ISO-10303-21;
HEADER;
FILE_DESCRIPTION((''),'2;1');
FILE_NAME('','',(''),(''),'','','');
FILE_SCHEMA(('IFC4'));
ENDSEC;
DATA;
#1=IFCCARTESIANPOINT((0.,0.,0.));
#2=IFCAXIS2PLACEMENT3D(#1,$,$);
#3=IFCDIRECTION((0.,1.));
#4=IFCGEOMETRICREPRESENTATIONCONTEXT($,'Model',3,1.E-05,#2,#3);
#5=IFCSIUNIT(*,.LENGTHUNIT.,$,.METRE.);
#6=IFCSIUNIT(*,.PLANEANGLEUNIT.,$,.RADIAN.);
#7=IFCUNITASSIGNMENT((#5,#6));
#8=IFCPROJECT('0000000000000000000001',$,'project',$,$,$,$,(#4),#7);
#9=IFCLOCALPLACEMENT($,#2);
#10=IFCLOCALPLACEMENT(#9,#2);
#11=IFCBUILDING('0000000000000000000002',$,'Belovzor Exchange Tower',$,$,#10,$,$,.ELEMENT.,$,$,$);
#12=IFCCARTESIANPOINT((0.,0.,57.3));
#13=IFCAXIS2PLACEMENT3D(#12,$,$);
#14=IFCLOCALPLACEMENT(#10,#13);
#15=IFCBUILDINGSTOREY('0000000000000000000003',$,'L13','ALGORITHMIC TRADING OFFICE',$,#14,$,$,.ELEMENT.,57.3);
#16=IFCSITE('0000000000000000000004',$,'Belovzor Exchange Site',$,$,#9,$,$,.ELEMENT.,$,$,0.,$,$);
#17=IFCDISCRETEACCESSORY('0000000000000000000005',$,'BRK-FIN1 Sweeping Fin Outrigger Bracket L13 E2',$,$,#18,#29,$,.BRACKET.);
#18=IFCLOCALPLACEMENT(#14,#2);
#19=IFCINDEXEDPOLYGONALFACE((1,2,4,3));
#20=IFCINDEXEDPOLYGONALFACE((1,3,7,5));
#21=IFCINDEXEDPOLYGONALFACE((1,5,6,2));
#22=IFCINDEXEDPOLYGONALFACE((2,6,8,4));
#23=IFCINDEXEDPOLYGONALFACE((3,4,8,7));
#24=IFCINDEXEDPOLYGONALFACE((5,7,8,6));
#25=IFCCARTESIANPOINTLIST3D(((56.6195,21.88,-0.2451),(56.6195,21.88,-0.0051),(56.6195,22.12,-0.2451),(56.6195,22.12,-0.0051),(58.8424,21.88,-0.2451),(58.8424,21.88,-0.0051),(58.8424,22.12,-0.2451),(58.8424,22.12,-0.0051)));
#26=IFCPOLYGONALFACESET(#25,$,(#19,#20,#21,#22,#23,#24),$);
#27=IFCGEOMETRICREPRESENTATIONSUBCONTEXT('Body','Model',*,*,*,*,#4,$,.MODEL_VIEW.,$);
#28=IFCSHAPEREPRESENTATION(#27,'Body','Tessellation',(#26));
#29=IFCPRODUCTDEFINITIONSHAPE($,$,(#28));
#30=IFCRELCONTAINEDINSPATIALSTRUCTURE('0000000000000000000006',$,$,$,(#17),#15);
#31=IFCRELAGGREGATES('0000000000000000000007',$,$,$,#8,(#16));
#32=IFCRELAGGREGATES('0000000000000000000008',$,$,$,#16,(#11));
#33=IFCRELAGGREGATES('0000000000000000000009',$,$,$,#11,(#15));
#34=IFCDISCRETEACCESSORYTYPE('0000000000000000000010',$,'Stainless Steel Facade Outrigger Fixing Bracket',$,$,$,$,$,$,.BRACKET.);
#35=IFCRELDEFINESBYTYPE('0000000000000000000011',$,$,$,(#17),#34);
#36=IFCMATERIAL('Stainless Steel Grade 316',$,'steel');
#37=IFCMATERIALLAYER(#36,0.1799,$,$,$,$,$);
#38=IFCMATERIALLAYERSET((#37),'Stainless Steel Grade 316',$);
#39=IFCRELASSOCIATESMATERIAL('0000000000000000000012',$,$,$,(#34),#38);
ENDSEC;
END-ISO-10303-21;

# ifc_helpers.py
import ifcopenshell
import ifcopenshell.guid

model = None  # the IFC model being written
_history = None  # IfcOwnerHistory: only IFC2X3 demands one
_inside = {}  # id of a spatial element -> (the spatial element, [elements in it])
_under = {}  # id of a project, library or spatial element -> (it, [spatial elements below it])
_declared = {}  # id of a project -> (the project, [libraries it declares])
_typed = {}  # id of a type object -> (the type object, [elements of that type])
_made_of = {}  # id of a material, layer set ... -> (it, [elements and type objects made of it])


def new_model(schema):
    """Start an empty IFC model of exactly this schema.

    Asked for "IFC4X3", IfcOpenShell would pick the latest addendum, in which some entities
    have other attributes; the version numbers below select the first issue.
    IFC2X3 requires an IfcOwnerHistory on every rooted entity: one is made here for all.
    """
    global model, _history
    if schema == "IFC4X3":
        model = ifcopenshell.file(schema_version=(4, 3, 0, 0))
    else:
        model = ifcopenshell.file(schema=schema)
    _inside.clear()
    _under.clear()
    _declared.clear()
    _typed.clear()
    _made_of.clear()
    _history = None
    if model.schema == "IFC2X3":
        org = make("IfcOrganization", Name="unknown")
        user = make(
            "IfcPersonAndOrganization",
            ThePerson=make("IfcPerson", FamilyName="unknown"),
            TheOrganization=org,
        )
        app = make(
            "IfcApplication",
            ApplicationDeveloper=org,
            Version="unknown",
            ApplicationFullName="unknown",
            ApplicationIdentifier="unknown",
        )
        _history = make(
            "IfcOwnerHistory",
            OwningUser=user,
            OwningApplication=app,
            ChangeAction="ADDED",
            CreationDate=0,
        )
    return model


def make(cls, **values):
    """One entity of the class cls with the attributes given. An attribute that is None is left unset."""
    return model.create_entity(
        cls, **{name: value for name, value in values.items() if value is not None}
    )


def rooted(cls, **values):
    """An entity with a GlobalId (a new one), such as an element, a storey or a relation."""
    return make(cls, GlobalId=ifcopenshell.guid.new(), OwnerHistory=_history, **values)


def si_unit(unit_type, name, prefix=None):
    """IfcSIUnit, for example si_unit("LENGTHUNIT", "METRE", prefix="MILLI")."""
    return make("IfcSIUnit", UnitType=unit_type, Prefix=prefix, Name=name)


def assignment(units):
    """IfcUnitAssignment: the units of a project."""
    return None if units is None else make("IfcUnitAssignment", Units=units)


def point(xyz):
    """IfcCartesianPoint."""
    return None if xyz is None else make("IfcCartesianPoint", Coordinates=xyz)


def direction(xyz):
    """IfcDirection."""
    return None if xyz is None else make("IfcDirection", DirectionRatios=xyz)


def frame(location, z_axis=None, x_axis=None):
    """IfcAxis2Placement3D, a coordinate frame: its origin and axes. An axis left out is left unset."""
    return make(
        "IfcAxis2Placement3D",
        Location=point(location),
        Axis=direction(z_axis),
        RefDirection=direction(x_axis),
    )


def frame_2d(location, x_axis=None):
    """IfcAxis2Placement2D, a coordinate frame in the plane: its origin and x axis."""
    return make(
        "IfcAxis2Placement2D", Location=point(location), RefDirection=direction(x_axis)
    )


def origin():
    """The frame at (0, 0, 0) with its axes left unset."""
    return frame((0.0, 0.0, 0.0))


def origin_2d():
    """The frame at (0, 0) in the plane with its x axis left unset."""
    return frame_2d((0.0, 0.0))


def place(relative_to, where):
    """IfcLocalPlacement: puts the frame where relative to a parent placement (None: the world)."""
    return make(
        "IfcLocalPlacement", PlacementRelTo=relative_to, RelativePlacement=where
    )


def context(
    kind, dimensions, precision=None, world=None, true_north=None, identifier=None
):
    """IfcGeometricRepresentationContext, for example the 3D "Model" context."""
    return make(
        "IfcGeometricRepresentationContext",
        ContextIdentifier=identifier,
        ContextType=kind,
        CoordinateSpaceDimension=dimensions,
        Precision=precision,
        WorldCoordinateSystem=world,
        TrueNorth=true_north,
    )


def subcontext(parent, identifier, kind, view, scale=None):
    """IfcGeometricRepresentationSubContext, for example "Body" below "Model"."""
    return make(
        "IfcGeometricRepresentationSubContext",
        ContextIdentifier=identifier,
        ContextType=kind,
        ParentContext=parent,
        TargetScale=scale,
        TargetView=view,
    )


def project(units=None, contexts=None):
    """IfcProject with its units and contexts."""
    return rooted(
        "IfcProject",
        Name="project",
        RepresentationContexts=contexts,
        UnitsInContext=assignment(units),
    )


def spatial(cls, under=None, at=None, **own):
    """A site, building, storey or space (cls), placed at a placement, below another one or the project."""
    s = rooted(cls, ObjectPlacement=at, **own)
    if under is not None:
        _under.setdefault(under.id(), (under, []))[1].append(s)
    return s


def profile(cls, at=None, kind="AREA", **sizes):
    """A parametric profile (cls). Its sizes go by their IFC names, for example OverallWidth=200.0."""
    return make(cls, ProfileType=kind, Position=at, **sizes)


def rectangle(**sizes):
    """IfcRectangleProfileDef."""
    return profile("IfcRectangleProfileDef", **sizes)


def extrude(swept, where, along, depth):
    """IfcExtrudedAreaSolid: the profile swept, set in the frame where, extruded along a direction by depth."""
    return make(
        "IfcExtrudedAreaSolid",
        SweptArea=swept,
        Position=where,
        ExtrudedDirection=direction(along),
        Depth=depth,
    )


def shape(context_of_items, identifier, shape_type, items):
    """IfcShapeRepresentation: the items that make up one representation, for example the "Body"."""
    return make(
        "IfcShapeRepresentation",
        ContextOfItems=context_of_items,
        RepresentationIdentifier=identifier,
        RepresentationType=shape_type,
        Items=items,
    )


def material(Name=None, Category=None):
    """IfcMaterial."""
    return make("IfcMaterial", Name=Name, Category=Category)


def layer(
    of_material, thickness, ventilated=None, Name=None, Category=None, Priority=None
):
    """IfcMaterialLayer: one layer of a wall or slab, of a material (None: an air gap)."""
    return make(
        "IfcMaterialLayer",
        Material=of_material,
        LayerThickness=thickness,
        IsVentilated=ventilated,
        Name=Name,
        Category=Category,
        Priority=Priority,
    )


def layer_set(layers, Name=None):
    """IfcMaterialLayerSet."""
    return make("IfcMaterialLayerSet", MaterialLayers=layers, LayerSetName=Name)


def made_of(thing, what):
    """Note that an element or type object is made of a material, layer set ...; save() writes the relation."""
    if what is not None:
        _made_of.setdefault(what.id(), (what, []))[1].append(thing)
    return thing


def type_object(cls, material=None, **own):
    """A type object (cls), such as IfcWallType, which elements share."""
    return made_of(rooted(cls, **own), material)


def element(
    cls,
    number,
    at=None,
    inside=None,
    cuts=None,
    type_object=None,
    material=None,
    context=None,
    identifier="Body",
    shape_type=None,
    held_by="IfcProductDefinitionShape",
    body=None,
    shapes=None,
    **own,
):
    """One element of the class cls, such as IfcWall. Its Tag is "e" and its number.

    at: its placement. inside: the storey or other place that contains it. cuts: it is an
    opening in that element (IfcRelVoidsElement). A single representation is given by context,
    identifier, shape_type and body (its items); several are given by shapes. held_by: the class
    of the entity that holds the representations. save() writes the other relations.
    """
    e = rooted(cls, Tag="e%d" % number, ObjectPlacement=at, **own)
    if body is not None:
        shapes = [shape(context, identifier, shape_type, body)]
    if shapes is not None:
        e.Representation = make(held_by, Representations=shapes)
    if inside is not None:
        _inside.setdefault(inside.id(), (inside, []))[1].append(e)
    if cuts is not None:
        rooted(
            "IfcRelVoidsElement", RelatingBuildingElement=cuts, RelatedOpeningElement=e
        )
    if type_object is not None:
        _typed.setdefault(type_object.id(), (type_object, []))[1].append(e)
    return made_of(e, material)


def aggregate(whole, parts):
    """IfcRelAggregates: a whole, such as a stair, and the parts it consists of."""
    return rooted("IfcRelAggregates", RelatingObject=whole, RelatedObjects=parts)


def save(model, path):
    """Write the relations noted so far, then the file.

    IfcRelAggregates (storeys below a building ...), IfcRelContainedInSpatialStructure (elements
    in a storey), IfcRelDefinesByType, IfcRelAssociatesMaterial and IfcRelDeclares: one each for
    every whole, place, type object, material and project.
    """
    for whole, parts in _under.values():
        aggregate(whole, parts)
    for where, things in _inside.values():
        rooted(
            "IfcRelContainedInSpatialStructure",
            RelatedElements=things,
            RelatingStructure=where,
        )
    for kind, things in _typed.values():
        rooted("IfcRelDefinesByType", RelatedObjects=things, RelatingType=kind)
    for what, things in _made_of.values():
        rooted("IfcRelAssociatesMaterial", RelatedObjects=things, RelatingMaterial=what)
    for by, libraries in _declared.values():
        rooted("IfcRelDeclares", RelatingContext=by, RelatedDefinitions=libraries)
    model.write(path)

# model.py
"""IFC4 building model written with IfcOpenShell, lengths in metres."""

from ifc_helpers import new_model, si_unit, direction, frame, origin, origin_2d, place, context, subcontext, project, spatial, rectangle, extrude, material, layer, layer_set, type_object, element, save


model = new_model("IFC4")

# Units and contexts
model_context = context("Model", 3, precision=1e-05, world=origin(), true_north=direction((0.0, 1.0)))
body_context = subcontext(model_context, "Body", "Model", "MODEL_VIEW")
ifc_project = project(units=[si_unit("LENGTHUNIT", "METRE"), si_unit("PLANEANGLEUNIT", "RADIAN")], contexts=[model_context])

# Site, building, storey
site_placement = place(None, origin())
site = spatial("IfcSite", under=ifc_project, at=site_placement, Name="Belovzor Exchange Site", CompositionType="ELEMENT", RefElevation=0.0)
building_placement = place(site_placement, origin())
building = spatial("IfcBuilding", under=site, at=building_placement, Name="Belovzor Exchange Tower", CompositionType="ELEMENT")
storey_placement = place(building_placement, frame((0.0, 0.0, 57.3)))
storey = spatial("IfcBuildingStorey", under=building, at=storey_placement, Name="L13", Description="ALGORITHMIC TRADING OFFICE", CompositionType="ELEMENT", Elevation=57.3)

# Discrete accessory
ifc_material_1 = material(Name="Stainless Steel Grade 316", Category="steel")
ifc_layer_1 = layer(ifc_material_1, 0.1799)
ifc_layer_set_1 = layer_set([ifc_layer_1], Name="Stainless Steel Grade 316")
discrete_accessory_type = type_object("IfcDiscreteAccessoryType", Name="Stainless Steel Facade Outrigger Fixing Bracket", PredefinedType="BRACKET", material=ifc_layer_set_1)
discrete_accessory_placement = place(storey_placement, frame((57.731, 22.0, -0.2451), z_axis=(0.0, 0.0, 1.0), x_axis=(1.0, 0.0, 0.0)))
element("IfcDiscreteAccessory", 1, at=discrete_accessory_placement, inside=storey, type_object=discrete_accessory_type, Name="BRK-FIN1 Sweeping Fin Outrigger Bracket L13 E2", PredefinedType="BRACKET", context=body_context, shape_type="SweptSolid", body=[
    extrude(rectangle(XDim=2.2229, YDim=0.24, at=origin_2d()), origin(), (0.0, 0.0, 1.0), 0.24),
])

save(model, "model.ifc")
